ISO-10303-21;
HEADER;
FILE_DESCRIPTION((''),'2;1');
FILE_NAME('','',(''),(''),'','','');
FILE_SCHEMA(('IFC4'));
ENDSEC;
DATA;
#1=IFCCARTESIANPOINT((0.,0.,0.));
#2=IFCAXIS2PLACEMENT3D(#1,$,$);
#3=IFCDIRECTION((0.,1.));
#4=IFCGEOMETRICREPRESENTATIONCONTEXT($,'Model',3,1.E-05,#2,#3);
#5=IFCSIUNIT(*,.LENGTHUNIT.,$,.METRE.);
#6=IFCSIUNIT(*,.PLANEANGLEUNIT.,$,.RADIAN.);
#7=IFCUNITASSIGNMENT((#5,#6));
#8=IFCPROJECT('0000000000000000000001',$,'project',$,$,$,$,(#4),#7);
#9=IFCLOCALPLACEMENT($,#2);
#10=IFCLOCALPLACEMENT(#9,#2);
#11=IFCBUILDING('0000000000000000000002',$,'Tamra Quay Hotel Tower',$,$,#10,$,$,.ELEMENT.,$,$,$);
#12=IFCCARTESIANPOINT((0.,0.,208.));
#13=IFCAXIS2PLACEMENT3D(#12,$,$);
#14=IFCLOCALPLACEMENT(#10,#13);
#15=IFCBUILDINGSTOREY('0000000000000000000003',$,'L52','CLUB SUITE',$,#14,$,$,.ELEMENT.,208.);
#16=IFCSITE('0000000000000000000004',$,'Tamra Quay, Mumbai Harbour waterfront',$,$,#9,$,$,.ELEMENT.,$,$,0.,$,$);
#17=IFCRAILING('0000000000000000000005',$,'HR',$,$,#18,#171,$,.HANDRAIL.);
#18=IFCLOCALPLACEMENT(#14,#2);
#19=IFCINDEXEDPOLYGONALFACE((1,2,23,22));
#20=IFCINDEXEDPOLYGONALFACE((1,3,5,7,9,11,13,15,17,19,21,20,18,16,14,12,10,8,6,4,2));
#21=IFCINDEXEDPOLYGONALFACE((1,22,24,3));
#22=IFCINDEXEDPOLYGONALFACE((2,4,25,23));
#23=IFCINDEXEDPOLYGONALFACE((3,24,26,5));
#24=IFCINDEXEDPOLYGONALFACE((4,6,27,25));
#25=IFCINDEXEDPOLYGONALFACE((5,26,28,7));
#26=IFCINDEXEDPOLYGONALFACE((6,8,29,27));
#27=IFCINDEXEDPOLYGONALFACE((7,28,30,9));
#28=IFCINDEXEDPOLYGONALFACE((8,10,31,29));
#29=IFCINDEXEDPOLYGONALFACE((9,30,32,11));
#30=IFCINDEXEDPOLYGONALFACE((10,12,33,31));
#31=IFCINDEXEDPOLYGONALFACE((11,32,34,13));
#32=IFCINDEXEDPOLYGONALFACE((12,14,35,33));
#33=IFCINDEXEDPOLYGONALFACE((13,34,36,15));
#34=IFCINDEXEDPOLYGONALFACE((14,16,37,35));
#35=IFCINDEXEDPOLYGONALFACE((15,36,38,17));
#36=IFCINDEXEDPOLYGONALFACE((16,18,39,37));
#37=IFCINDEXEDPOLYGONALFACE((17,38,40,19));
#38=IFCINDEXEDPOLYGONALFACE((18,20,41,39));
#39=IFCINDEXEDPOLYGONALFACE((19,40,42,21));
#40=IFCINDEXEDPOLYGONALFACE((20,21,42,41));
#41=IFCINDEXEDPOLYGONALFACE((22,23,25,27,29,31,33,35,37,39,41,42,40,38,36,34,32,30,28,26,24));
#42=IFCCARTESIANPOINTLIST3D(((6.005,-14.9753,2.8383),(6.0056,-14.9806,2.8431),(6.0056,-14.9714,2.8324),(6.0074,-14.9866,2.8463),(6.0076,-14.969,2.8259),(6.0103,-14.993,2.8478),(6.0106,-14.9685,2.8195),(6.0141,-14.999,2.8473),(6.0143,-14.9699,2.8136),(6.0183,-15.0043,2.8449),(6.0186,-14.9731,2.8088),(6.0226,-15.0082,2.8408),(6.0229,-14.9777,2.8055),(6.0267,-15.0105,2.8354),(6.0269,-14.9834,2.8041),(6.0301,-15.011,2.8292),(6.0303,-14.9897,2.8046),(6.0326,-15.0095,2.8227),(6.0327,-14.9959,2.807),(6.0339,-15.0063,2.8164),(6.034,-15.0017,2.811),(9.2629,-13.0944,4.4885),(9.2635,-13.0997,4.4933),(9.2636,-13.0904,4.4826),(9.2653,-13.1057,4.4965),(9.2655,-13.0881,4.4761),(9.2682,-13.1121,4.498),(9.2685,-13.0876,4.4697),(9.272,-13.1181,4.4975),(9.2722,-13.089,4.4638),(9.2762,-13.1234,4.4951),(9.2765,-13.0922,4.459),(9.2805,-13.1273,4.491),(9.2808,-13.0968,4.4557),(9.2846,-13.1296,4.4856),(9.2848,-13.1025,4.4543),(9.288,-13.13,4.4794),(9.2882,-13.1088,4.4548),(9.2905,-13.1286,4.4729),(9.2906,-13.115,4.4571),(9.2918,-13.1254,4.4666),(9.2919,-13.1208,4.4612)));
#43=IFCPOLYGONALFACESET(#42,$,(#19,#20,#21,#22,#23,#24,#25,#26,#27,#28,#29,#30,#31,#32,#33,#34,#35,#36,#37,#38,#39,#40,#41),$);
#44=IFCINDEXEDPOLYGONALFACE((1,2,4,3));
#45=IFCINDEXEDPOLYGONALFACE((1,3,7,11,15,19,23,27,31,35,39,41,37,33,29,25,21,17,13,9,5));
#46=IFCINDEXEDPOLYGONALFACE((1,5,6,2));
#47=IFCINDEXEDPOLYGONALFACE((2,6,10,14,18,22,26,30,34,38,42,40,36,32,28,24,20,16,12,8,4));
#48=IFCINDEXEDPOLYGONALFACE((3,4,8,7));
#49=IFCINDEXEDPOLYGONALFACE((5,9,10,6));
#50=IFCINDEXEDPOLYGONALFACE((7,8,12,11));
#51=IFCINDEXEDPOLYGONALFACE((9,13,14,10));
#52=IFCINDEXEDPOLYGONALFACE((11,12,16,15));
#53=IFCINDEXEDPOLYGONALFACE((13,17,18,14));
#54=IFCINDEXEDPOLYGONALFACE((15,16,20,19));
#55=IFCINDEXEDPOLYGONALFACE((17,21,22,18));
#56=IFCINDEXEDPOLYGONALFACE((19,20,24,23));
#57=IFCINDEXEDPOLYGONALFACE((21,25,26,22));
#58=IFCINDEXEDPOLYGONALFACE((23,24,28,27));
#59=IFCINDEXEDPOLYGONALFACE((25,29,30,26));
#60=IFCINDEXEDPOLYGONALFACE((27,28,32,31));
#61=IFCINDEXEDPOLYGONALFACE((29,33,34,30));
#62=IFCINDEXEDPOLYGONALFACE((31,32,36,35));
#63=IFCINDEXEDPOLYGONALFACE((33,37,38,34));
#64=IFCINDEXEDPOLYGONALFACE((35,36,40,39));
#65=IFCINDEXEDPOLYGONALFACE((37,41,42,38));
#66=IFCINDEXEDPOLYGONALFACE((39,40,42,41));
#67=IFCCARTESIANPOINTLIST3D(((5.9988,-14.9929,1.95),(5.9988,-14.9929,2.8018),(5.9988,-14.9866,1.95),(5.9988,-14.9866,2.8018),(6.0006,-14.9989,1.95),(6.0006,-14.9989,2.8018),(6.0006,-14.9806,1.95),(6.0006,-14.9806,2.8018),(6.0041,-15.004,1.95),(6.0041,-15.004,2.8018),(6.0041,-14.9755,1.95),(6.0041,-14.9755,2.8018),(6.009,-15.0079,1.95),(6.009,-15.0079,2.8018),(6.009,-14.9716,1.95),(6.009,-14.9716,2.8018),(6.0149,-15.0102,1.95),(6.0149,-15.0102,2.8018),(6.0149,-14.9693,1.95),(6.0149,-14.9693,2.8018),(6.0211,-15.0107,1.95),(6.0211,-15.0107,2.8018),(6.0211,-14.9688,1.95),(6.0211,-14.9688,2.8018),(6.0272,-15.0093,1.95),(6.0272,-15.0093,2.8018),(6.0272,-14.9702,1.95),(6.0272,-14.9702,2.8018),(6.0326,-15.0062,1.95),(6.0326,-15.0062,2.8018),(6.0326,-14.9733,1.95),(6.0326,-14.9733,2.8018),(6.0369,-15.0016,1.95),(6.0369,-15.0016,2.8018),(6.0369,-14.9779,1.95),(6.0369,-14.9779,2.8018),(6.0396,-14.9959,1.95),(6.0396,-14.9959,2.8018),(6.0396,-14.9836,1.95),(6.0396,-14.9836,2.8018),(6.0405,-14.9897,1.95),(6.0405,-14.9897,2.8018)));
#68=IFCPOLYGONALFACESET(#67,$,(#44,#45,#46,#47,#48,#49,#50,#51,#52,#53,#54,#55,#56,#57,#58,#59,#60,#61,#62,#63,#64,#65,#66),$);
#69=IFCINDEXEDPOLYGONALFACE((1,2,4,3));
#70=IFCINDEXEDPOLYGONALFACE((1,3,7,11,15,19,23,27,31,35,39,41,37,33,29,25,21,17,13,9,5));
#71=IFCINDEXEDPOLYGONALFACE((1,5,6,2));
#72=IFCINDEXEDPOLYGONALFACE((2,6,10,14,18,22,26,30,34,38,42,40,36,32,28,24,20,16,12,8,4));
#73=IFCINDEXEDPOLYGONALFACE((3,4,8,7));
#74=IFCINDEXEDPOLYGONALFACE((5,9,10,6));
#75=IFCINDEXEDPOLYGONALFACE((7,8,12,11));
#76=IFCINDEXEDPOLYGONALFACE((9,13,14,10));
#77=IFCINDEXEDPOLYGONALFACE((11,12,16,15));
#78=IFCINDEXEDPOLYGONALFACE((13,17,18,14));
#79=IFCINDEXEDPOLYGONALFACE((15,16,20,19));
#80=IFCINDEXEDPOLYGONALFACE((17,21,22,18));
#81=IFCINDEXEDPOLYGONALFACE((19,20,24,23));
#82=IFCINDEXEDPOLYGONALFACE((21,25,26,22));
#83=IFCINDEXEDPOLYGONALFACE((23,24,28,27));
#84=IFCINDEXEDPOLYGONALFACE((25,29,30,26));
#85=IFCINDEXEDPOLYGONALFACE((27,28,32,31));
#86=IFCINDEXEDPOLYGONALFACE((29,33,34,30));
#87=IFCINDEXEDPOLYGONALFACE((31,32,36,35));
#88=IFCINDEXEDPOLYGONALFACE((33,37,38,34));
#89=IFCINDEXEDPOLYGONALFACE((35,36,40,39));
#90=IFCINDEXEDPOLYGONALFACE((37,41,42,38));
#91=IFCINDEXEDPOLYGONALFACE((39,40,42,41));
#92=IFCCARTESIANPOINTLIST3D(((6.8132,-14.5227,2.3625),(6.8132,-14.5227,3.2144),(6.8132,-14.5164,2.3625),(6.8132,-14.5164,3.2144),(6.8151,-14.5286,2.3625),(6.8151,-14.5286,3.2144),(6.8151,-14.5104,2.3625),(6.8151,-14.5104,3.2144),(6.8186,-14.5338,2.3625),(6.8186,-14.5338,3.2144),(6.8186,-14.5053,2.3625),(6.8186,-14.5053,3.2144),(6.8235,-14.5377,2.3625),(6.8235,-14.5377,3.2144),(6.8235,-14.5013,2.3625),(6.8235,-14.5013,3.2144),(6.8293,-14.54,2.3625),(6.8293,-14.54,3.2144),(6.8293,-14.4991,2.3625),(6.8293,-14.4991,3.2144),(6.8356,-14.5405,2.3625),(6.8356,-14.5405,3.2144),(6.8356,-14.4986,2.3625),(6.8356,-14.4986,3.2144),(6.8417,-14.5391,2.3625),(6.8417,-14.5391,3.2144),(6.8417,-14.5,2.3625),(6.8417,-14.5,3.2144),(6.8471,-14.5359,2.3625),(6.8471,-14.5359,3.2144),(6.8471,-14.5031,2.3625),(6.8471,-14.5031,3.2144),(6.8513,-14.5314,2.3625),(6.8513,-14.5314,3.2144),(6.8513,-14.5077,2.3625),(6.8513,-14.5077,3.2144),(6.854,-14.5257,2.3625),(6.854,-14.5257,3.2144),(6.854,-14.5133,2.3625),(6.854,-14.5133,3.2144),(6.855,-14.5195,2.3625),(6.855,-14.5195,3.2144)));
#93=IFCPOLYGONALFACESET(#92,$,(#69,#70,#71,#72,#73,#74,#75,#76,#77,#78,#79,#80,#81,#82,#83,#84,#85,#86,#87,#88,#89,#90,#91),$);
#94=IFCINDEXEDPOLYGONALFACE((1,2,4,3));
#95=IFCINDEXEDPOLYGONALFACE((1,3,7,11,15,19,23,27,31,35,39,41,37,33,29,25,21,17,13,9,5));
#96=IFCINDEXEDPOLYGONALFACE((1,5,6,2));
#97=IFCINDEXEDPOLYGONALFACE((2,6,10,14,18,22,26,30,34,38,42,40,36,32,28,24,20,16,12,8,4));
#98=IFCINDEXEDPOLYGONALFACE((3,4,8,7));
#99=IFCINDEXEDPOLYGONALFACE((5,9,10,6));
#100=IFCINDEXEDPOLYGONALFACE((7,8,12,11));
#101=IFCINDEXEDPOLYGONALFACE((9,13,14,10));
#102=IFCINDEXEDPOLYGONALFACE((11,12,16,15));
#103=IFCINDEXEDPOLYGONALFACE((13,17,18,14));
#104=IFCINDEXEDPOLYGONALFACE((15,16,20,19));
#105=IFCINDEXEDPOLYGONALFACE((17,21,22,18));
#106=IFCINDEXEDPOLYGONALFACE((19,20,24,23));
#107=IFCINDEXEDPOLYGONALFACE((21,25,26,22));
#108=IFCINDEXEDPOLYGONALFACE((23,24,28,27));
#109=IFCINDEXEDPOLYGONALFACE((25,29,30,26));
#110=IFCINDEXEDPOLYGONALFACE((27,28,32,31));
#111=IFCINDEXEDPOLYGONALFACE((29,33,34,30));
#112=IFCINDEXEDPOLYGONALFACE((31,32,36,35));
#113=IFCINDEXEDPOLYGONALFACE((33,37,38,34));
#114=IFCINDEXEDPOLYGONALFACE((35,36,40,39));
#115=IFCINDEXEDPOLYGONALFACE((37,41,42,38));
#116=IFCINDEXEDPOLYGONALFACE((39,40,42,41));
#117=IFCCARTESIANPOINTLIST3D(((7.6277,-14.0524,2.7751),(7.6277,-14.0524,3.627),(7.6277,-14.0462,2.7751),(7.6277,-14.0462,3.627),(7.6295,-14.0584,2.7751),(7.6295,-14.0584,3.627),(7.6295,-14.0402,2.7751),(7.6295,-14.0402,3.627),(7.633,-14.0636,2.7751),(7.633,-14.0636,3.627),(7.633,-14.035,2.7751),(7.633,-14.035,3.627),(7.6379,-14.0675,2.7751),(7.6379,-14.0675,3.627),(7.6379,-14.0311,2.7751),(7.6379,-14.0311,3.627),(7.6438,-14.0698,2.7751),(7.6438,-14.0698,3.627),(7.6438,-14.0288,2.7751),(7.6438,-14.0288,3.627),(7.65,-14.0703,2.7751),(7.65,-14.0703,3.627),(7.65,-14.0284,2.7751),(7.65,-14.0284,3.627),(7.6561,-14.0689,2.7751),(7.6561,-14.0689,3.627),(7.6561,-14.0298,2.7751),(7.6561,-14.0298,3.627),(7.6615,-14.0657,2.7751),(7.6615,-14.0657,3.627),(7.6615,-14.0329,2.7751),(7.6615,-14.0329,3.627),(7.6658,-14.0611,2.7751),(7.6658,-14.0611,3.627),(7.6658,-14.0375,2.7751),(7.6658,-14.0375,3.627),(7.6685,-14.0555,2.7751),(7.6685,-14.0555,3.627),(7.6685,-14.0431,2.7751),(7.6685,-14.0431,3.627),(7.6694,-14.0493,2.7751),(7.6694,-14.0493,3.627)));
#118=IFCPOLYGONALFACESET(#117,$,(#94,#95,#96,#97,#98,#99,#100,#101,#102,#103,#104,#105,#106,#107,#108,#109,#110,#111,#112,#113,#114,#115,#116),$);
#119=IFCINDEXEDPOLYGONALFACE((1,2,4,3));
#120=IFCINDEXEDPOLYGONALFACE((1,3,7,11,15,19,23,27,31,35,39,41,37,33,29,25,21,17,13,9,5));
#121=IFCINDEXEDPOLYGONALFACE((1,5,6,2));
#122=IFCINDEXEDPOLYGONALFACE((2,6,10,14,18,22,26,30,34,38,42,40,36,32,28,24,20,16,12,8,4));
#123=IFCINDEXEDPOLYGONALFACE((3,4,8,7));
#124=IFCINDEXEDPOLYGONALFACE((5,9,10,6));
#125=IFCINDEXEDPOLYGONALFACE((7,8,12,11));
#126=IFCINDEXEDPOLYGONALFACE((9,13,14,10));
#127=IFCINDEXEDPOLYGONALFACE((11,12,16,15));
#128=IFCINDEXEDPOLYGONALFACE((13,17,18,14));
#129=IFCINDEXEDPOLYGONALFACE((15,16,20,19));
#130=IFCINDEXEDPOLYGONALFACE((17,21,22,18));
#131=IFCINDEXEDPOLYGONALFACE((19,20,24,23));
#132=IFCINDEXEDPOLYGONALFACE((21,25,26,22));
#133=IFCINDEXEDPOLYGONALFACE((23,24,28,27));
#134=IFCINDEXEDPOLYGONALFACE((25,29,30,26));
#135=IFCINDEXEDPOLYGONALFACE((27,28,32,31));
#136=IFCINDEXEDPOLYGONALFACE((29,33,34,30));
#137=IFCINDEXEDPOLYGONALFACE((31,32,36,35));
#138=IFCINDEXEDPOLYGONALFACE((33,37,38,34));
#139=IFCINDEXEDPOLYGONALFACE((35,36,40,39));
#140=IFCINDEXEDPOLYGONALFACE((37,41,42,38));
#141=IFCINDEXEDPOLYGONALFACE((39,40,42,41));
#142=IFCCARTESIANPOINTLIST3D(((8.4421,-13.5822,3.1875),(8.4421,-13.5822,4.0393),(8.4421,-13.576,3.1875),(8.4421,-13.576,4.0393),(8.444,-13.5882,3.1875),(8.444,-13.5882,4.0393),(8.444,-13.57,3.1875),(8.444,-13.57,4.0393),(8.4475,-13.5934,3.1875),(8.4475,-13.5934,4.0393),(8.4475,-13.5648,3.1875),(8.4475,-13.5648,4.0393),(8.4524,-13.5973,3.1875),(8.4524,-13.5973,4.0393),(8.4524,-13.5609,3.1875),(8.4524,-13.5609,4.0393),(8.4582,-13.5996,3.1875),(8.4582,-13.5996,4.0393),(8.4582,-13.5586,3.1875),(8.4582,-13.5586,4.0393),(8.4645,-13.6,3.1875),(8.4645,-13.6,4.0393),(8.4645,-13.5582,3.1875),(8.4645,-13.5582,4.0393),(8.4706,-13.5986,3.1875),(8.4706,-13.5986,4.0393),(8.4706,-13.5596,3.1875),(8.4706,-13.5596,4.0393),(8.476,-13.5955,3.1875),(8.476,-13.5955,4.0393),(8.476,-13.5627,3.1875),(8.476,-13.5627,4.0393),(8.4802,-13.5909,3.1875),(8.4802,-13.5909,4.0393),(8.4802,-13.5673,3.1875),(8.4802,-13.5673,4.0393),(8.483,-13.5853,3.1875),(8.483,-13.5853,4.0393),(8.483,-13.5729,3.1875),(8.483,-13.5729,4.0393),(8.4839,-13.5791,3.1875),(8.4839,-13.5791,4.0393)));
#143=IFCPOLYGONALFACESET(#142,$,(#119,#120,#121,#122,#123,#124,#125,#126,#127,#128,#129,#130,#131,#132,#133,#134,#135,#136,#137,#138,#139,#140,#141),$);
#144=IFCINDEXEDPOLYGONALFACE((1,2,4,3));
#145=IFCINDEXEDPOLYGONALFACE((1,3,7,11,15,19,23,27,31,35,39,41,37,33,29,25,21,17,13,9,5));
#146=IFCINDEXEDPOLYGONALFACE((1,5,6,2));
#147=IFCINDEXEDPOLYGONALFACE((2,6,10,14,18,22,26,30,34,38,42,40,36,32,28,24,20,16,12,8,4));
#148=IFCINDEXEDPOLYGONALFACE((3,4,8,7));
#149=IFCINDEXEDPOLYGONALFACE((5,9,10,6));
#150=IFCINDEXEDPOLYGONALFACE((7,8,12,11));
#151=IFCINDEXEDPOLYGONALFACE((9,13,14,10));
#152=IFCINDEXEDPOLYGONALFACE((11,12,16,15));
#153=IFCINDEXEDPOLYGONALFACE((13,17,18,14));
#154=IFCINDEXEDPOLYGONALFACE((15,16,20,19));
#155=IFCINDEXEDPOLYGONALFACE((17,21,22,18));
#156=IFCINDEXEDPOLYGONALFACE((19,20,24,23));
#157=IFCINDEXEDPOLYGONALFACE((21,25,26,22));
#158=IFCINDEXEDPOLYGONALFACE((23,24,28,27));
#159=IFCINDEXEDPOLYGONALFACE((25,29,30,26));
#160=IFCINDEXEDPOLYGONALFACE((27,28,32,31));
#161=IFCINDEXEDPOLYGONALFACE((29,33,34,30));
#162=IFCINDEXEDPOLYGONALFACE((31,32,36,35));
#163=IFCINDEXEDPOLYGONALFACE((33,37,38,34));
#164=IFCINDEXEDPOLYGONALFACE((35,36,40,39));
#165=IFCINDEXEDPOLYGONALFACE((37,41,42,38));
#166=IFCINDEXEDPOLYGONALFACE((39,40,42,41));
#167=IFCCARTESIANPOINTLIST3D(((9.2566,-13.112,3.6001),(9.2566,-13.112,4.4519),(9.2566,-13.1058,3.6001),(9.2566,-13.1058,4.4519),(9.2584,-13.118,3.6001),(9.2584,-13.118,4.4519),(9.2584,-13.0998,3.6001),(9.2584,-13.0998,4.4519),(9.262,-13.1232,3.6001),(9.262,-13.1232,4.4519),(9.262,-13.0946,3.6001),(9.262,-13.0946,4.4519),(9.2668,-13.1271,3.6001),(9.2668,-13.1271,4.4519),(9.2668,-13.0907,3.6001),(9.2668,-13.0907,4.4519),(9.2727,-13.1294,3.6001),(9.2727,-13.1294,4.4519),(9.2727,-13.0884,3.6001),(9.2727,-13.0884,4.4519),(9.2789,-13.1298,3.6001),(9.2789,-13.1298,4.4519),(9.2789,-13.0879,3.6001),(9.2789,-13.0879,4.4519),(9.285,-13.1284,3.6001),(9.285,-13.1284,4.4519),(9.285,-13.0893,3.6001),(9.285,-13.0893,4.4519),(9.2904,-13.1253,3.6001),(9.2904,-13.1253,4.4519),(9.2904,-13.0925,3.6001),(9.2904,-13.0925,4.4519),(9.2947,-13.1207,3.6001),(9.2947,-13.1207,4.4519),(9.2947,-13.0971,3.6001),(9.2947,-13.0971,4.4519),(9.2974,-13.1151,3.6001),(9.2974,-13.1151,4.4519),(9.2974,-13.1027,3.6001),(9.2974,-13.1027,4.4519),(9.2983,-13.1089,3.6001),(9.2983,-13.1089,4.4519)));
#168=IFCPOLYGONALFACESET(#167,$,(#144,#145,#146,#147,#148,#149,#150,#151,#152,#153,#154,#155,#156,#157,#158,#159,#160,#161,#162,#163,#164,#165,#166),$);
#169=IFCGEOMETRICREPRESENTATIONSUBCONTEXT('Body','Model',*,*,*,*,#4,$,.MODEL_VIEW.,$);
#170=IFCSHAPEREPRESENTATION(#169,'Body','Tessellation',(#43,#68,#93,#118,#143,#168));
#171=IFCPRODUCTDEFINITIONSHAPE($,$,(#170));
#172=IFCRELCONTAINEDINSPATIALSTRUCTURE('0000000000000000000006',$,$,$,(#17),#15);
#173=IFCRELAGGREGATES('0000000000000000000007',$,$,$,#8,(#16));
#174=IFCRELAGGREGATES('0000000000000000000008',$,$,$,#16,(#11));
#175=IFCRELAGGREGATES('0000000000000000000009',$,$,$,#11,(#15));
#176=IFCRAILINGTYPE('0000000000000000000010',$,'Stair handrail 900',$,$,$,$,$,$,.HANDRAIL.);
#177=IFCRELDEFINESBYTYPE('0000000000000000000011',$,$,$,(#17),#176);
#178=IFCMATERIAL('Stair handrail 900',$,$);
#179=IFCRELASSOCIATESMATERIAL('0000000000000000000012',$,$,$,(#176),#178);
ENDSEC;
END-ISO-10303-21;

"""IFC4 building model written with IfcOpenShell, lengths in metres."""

from ifc_helpers import new_model, si_unit, direction, frame, origin, origin_2d, place, context, subcontext, project, spatial, circle, extrude, material, type_object, element, save


model = new_model("IFC4")

# Units and contexts
model_context = context("Model", 3, precision=1e-05, world=origin(), true_north=direction((0.0, 1.0)))
body_context = subcontext(model_context, "Body", "Model", "MODEL_VIEW")
ifc_project = project(units=[si_unit("LENGTHUNIT", "METRE"), si_unit("PLANEANGLEUNIT", "RADIAN")], contexts=[model_context])

# Site, building, storey
site_placement = place(None, origin())
site = spatial("IfcSite", under=ifc_project, at=site_placement, Name="Tamra Quay, Mumbai Harbour waterfront", CompositionType="ELEMENT", RefElevation=0.0)
building_placement = place(site_placement, origin())
building = spatial("IfcBuilding", under=site, at=building_placement, Name="Tamra Quay Hotel Tower", CompositionType="ELEMENT")
storey_placement = place(building_placement, frame((0.0, 0.0, 208.0)))
storey = spatial("IfcBuildingStorey", under=building, at=storey_placement, Name="L52", Description="CLUB SUITE", CompositionType="ELEMENT", Elevation=208.0)

# Railing
ifc_material_1 = material(Name="Stair handrail 900")
railing_type_1 = type_object("IfcRailingType", Name="Stair handrail 900", PredefinedType="HANDRAIL", material=ifc_material_1)
railing_1_placement = place(storey_placement, frame((6.0195, -14.9897, 1.95)))
element("IfcRailing", 1, at=railing_1_placement, inside=storey, type_object=railing_type_1, Name="HR", PredefinedType="HANDRAIL", context=body_context, shape_type="SweptSolid", body=[
    extrude(circle(Radius=0.0239, at=origin_2d()), frame((0.0, 0.0, 0.876), z_axis=(0.793081, 0.457876, 0.401711), x_axis=(-0.499992, 0.86603, 0.0)), (0.0, 0.0, 1.0), 4.1079),
    extrude(circle(Radius=0.021, at=origin_2d()), origin(), (0.0, 0.0, 1.0), 0.8518),
    extrude(circle(Radius=0.021, at=origin_2d()), frame((0.8145, 0.4702, 0.4126)), (0.0, 0.0, 1.0), 0.8518),
    extrude(circle(Radius=0.021, at=origin_2d()), frame((1.6289, 0.9404, 0.8252)), (0.0, 0.0, 1.0), 0.8518),
    extrude(circle(Radius=0.021, at=origin_2d()), frame((2.4434, 1.4106, 1.2375)), (0.0, 0.0, 1.0), 0.8518),
    extrude(circle(Radius=0.021, at=origin_2d()), frame((3.2578, 1.8809, 1.6501)), (0.0, 0.0, 1.0), 0.8518),
])

save(model, "model.ifc")
